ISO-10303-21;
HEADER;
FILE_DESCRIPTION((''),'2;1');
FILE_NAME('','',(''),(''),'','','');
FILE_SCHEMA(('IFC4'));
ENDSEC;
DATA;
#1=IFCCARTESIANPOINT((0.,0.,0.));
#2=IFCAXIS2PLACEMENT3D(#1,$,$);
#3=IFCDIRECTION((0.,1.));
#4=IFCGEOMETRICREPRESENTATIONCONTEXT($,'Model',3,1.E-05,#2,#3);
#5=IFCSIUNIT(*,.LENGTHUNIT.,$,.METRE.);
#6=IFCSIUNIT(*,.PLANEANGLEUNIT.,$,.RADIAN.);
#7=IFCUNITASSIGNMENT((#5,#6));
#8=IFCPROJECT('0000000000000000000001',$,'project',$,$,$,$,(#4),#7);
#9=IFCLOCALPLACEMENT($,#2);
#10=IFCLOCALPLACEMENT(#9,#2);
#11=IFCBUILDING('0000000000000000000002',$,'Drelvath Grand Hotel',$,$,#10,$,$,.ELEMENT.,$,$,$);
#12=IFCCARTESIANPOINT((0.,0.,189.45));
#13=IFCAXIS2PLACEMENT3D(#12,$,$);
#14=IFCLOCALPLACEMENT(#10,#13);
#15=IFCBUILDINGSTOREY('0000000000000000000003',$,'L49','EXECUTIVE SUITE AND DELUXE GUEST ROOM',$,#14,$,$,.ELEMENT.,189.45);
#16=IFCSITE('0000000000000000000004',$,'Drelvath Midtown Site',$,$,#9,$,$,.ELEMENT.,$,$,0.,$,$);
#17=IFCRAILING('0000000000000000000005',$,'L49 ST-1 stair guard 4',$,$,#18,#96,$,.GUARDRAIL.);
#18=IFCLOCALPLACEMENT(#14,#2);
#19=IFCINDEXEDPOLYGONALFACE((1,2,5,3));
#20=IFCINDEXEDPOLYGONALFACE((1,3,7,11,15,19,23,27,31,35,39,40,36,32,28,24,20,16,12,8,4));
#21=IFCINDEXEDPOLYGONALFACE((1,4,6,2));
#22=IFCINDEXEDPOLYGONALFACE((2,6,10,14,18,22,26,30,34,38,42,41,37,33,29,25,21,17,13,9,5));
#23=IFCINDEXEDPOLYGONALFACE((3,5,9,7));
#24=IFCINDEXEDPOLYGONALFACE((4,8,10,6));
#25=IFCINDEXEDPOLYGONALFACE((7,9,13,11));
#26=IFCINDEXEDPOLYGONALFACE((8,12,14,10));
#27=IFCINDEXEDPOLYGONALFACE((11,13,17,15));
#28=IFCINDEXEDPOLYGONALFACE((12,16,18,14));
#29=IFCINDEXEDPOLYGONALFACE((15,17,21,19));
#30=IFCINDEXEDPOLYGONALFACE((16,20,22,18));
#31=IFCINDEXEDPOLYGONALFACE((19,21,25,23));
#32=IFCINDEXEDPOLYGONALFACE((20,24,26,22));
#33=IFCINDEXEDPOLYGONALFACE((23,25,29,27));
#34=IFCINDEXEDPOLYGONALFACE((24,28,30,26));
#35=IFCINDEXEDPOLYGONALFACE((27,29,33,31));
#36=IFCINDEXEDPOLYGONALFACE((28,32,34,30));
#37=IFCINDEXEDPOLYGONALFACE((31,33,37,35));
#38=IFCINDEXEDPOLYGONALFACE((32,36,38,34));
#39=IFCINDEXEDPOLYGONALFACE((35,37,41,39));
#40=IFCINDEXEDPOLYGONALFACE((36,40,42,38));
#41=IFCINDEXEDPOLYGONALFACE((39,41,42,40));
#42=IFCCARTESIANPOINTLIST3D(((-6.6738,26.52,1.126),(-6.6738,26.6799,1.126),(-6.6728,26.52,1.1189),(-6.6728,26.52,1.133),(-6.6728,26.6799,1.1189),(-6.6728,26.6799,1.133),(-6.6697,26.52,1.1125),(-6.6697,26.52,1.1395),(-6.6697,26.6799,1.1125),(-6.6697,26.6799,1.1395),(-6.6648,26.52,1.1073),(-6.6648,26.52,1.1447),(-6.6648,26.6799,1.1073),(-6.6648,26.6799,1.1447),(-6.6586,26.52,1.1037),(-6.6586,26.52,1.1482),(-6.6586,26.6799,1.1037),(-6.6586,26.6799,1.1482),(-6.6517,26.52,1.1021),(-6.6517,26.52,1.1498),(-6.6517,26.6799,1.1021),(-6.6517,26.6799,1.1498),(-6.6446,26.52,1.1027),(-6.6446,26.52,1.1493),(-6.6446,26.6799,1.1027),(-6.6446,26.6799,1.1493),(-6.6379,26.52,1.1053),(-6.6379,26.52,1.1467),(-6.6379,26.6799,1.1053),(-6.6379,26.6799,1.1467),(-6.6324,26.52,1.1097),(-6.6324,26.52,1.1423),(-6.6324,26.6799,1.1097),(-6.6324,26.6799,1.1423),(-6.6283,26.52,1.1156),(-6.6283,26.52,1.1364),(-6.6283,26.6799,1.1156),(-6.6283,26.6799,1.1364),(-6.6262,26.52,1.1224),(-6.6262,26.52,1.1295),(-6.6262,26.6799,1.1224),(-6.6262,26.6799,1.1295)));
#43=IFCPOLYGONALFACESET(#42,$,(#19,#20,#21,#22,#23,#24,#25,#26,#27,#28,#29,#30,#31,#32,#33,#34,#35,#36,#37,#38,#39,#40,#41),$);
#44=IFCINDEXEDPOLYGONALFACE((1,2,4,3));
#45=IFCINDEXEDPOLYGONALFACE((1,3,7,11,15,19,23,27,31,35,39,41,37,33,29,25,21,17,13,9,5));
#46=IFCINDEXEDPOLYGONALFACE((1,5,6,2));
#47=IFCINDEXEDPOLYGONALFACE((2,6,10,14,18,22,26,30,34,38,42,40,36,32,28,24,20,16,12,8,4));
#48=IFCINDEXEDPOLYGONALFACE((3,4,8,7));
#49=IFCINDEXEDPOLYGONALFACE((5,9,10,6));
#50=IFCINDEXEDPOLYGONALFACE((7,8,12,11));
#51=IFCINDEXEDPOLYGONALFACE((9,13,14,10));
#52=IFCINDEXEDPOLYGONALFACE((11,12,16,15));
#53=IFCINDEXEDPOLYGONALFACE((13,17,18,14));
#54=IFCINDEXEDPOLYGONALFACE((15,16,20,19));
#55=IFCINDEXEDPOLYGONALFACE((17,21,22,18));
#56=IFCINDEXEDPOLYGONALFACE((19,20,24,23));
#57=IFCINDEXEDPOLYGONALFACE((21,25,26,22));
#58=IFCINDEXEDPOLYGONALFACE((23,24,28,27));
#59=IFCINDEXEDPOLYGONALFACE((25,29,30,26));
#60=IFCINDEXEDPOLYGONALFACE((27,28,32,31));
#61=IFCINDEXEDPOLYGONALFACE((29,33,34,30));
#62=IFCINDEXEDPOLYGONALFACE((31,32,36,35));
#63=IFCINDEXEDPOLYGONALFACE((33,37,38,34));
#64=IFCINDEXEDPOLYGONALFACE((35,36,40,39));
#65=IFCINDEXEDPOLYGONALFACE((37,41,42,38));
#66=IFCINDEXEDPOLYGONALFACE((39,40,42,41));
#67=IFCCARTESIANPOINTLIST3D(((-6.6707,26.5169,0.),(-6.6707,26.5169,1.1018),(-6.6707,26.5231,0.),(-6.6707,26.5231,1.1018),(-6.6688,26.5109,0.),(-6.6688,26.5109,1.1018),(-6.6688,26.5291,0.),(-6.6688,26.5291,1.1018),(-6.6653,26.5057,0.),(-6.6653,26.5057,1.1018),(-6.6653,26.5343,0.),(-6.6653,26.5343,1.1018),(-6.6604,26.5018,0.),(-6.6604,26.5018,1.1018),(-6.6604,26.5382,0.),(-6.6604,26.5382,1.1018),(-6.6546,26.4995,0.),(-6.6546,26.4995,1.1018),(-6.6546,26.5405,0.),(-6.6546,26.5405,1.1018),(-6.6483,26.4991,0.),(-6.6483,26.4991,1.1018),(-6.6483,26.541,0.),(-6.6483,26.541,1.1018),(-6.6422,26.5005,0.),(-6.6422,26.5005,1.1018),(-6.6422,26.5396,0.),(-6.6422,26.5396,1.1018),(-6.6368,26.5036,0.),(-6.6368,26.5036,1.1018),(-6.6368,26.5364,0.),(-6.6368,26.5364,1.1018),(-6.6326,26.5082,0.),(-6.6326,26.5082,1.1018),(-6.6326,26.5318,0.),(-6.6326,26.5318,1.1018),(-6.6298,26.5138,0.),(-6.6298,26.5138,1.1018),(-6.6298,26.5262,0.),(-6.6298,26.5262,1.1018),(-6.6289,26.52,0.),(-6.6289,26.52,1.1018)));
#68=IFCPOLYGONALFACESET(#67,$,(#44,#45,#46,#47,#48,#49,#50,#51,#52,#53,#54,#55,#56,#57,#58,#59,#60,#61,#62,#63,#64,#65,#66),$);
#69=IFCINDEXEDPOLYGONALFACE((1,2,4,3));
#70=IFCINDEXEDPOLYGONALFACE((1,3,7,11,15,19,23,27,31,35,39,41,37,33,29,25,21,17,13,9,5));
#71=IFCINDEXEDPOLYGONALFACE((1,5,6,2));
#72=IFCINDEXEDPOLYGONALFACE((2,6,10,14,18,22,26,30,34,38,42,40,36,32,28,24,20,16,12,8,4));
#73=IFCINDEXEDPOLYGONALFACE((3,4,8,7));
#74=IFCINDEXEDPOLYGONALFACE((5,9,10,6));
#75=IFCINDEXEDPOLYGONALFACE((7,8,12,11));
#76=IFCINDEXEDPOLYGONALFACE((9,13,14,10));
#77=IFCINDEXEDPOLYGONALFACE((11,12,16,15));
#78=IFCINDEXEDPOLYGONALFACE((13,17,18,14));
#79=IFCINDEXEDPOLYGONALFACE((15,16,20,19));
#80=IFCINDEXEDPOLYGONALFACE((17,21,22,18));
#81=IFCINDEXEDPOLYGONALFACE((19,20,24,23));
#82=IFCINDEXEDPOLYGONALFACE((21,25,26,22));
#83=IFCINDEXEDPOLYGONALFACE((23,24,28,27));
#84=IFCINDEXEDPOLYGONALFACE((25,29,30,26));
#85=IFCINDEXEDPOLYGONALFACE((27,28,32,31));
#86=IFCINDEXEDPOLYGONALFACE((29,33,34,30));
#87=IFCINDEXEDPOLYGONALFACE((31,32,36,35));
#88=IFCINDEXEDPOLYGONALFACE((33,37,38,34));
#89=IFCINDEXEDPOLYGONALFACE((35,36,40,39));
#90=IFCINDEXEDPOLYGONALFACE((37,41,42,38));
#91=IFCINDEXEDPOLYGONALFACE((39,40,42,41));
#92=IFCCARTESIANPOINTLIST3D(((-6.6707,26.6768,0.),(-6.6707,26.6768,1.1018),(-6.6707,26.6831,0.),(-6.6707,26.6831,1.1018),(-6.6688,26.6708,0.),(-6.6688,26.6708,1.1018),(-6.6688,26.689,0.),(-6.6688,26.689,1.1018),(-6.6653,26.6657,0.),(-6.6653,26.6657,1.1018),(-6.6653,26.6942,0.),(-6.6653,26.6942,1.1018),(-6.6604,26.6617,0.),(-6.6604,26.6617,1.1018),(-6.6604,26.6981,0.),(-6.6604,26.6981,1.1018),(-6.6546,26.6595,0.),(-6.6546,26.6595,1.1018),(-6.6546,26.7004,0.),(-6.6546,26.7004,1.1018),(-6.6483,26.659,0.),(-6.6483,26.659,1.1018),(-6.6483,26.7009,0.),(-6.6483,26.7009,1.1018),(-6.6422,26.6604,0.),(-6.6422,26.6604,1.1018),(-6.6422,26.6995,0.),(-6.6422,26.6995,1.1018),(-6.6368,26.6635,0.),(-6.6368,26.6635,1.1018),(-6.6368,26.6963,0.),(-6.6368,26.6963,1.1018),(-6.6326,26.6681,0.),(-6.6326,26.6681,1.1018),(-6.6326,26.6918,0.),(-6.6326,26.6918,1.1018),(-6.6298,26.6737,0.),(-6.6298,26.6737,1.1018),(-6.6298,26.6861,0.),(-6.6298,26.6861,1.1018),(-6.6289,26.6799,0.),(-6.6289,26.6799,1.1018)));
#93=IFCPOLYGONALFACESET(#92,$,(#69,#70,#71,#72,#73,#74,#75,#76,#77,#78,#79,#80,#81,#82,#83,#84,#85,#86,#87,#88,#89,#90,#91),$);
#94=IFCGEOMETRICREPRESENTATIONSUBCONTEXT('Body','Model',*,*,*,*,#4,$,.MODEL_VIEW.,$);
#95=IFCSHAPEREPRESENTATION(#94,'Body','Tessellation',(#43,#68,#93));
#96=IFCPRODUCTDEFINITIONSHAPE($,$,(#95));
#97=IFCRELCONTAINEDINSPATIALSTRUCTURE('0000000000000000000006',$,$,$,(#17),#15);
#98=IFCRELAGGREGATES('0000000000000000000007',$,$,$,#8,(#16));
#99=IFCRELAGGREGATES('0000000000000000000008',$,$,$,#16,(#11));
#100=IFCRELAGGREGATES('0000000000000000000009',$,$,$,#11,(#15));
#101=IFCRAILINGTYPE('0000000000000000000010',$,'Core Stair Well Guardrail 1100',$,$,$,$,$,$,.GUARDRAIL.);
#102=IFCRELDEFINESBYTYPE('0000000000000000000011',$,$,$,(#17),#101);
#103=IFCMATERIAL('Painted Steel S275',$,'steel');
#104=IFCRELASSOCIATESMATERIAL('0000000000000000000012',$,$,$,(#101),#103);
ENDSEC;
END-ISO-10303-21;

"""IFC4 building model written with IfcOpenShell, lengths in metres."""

from ifc_helpers import new_model, si_unit, direction, frame, origin, origin_2d, place, context, subcontext, project, spatial, circle, extrude, material, type_object, element, save


model = new_model("IFC4")

# Units and contexts
model_context = context("Model", 3, precision=1e-05, world=origin(), true_north=direction((0.0, 1.0)))
body_context = subcontext(model_context, "Body", "Model", "MODEL_VIEW")
ifc_project = project(units=[si_unit("LENGTHUNIT", "METRE"), si_unit("PLANEANGLEUNIT", "RADIAN")], contexts=[model_context])

# Site, building, storey
site_placement = place(None, origin())
site = spatial("IfcSite", under=ifc_project, at=site_placement, Name="Drelvath Midtown Site", CompositionType="ELEMENT", RefElevation=0.0)
building_placement = place(site_placement, origin())
building = spatial("IfcBuilding", under=site, at=building_placement, Name="Drelvath Grand Hotel", CompositionType="ELEMENT")
storey_placement = place(building_placement, frame((0.0, 0.0, 189.45)))
storey = spatial("IfcBuildingStorey", under=building, at=storey_placement, Name="L49", Description="EXECUTIVE SUITE AND DELUXE GUEST ROOM", CompositionType="ELEMENT", Elevation=189.45)

# Shared definitions
ifc_material_1 = material(Name="Painted Steel S275", Category="steel")

# Railing
railing_type_1 = type_object("IfcRailingType", Name="Core Stair Well Guardrail 1100", PredefinedType="GUARDRAIL", material=ifc_material_1)
railing_1_placement = place(storey_placement, frame((-6.6499, 26.52, 0.0)))
element("IfcRailing", 1, at=railing_1_placement, inside=storey, type_object=railing_type_1, Name="L49 ST-1 stair guard 4", PredefinedType="GUARDRAIL", context=body_context, shape_type="SweptSolid", body=[
    extrude(circle(Radius=0.0239, at=origin_2d()), frame((0.0, 0.0, 1.126), z_axis=(0.0, 1.0, 0.0), x_axis=(-1.0, 0.0, 0.0)), (0.0, 0.0, 1.0), 0.1599),
    extrude(circle(Radius=0.021, at=origin_2d()), origin(), (0.0, 0.0, 1.0), 1.1018),
    extrude(circle(Radius=0.021, at=origin_2d()), frame((0.0, 0.1599, 0.0)), (0.0, 0.0, 1.0), 1.1018),
])

save(model, "model.ifc")
